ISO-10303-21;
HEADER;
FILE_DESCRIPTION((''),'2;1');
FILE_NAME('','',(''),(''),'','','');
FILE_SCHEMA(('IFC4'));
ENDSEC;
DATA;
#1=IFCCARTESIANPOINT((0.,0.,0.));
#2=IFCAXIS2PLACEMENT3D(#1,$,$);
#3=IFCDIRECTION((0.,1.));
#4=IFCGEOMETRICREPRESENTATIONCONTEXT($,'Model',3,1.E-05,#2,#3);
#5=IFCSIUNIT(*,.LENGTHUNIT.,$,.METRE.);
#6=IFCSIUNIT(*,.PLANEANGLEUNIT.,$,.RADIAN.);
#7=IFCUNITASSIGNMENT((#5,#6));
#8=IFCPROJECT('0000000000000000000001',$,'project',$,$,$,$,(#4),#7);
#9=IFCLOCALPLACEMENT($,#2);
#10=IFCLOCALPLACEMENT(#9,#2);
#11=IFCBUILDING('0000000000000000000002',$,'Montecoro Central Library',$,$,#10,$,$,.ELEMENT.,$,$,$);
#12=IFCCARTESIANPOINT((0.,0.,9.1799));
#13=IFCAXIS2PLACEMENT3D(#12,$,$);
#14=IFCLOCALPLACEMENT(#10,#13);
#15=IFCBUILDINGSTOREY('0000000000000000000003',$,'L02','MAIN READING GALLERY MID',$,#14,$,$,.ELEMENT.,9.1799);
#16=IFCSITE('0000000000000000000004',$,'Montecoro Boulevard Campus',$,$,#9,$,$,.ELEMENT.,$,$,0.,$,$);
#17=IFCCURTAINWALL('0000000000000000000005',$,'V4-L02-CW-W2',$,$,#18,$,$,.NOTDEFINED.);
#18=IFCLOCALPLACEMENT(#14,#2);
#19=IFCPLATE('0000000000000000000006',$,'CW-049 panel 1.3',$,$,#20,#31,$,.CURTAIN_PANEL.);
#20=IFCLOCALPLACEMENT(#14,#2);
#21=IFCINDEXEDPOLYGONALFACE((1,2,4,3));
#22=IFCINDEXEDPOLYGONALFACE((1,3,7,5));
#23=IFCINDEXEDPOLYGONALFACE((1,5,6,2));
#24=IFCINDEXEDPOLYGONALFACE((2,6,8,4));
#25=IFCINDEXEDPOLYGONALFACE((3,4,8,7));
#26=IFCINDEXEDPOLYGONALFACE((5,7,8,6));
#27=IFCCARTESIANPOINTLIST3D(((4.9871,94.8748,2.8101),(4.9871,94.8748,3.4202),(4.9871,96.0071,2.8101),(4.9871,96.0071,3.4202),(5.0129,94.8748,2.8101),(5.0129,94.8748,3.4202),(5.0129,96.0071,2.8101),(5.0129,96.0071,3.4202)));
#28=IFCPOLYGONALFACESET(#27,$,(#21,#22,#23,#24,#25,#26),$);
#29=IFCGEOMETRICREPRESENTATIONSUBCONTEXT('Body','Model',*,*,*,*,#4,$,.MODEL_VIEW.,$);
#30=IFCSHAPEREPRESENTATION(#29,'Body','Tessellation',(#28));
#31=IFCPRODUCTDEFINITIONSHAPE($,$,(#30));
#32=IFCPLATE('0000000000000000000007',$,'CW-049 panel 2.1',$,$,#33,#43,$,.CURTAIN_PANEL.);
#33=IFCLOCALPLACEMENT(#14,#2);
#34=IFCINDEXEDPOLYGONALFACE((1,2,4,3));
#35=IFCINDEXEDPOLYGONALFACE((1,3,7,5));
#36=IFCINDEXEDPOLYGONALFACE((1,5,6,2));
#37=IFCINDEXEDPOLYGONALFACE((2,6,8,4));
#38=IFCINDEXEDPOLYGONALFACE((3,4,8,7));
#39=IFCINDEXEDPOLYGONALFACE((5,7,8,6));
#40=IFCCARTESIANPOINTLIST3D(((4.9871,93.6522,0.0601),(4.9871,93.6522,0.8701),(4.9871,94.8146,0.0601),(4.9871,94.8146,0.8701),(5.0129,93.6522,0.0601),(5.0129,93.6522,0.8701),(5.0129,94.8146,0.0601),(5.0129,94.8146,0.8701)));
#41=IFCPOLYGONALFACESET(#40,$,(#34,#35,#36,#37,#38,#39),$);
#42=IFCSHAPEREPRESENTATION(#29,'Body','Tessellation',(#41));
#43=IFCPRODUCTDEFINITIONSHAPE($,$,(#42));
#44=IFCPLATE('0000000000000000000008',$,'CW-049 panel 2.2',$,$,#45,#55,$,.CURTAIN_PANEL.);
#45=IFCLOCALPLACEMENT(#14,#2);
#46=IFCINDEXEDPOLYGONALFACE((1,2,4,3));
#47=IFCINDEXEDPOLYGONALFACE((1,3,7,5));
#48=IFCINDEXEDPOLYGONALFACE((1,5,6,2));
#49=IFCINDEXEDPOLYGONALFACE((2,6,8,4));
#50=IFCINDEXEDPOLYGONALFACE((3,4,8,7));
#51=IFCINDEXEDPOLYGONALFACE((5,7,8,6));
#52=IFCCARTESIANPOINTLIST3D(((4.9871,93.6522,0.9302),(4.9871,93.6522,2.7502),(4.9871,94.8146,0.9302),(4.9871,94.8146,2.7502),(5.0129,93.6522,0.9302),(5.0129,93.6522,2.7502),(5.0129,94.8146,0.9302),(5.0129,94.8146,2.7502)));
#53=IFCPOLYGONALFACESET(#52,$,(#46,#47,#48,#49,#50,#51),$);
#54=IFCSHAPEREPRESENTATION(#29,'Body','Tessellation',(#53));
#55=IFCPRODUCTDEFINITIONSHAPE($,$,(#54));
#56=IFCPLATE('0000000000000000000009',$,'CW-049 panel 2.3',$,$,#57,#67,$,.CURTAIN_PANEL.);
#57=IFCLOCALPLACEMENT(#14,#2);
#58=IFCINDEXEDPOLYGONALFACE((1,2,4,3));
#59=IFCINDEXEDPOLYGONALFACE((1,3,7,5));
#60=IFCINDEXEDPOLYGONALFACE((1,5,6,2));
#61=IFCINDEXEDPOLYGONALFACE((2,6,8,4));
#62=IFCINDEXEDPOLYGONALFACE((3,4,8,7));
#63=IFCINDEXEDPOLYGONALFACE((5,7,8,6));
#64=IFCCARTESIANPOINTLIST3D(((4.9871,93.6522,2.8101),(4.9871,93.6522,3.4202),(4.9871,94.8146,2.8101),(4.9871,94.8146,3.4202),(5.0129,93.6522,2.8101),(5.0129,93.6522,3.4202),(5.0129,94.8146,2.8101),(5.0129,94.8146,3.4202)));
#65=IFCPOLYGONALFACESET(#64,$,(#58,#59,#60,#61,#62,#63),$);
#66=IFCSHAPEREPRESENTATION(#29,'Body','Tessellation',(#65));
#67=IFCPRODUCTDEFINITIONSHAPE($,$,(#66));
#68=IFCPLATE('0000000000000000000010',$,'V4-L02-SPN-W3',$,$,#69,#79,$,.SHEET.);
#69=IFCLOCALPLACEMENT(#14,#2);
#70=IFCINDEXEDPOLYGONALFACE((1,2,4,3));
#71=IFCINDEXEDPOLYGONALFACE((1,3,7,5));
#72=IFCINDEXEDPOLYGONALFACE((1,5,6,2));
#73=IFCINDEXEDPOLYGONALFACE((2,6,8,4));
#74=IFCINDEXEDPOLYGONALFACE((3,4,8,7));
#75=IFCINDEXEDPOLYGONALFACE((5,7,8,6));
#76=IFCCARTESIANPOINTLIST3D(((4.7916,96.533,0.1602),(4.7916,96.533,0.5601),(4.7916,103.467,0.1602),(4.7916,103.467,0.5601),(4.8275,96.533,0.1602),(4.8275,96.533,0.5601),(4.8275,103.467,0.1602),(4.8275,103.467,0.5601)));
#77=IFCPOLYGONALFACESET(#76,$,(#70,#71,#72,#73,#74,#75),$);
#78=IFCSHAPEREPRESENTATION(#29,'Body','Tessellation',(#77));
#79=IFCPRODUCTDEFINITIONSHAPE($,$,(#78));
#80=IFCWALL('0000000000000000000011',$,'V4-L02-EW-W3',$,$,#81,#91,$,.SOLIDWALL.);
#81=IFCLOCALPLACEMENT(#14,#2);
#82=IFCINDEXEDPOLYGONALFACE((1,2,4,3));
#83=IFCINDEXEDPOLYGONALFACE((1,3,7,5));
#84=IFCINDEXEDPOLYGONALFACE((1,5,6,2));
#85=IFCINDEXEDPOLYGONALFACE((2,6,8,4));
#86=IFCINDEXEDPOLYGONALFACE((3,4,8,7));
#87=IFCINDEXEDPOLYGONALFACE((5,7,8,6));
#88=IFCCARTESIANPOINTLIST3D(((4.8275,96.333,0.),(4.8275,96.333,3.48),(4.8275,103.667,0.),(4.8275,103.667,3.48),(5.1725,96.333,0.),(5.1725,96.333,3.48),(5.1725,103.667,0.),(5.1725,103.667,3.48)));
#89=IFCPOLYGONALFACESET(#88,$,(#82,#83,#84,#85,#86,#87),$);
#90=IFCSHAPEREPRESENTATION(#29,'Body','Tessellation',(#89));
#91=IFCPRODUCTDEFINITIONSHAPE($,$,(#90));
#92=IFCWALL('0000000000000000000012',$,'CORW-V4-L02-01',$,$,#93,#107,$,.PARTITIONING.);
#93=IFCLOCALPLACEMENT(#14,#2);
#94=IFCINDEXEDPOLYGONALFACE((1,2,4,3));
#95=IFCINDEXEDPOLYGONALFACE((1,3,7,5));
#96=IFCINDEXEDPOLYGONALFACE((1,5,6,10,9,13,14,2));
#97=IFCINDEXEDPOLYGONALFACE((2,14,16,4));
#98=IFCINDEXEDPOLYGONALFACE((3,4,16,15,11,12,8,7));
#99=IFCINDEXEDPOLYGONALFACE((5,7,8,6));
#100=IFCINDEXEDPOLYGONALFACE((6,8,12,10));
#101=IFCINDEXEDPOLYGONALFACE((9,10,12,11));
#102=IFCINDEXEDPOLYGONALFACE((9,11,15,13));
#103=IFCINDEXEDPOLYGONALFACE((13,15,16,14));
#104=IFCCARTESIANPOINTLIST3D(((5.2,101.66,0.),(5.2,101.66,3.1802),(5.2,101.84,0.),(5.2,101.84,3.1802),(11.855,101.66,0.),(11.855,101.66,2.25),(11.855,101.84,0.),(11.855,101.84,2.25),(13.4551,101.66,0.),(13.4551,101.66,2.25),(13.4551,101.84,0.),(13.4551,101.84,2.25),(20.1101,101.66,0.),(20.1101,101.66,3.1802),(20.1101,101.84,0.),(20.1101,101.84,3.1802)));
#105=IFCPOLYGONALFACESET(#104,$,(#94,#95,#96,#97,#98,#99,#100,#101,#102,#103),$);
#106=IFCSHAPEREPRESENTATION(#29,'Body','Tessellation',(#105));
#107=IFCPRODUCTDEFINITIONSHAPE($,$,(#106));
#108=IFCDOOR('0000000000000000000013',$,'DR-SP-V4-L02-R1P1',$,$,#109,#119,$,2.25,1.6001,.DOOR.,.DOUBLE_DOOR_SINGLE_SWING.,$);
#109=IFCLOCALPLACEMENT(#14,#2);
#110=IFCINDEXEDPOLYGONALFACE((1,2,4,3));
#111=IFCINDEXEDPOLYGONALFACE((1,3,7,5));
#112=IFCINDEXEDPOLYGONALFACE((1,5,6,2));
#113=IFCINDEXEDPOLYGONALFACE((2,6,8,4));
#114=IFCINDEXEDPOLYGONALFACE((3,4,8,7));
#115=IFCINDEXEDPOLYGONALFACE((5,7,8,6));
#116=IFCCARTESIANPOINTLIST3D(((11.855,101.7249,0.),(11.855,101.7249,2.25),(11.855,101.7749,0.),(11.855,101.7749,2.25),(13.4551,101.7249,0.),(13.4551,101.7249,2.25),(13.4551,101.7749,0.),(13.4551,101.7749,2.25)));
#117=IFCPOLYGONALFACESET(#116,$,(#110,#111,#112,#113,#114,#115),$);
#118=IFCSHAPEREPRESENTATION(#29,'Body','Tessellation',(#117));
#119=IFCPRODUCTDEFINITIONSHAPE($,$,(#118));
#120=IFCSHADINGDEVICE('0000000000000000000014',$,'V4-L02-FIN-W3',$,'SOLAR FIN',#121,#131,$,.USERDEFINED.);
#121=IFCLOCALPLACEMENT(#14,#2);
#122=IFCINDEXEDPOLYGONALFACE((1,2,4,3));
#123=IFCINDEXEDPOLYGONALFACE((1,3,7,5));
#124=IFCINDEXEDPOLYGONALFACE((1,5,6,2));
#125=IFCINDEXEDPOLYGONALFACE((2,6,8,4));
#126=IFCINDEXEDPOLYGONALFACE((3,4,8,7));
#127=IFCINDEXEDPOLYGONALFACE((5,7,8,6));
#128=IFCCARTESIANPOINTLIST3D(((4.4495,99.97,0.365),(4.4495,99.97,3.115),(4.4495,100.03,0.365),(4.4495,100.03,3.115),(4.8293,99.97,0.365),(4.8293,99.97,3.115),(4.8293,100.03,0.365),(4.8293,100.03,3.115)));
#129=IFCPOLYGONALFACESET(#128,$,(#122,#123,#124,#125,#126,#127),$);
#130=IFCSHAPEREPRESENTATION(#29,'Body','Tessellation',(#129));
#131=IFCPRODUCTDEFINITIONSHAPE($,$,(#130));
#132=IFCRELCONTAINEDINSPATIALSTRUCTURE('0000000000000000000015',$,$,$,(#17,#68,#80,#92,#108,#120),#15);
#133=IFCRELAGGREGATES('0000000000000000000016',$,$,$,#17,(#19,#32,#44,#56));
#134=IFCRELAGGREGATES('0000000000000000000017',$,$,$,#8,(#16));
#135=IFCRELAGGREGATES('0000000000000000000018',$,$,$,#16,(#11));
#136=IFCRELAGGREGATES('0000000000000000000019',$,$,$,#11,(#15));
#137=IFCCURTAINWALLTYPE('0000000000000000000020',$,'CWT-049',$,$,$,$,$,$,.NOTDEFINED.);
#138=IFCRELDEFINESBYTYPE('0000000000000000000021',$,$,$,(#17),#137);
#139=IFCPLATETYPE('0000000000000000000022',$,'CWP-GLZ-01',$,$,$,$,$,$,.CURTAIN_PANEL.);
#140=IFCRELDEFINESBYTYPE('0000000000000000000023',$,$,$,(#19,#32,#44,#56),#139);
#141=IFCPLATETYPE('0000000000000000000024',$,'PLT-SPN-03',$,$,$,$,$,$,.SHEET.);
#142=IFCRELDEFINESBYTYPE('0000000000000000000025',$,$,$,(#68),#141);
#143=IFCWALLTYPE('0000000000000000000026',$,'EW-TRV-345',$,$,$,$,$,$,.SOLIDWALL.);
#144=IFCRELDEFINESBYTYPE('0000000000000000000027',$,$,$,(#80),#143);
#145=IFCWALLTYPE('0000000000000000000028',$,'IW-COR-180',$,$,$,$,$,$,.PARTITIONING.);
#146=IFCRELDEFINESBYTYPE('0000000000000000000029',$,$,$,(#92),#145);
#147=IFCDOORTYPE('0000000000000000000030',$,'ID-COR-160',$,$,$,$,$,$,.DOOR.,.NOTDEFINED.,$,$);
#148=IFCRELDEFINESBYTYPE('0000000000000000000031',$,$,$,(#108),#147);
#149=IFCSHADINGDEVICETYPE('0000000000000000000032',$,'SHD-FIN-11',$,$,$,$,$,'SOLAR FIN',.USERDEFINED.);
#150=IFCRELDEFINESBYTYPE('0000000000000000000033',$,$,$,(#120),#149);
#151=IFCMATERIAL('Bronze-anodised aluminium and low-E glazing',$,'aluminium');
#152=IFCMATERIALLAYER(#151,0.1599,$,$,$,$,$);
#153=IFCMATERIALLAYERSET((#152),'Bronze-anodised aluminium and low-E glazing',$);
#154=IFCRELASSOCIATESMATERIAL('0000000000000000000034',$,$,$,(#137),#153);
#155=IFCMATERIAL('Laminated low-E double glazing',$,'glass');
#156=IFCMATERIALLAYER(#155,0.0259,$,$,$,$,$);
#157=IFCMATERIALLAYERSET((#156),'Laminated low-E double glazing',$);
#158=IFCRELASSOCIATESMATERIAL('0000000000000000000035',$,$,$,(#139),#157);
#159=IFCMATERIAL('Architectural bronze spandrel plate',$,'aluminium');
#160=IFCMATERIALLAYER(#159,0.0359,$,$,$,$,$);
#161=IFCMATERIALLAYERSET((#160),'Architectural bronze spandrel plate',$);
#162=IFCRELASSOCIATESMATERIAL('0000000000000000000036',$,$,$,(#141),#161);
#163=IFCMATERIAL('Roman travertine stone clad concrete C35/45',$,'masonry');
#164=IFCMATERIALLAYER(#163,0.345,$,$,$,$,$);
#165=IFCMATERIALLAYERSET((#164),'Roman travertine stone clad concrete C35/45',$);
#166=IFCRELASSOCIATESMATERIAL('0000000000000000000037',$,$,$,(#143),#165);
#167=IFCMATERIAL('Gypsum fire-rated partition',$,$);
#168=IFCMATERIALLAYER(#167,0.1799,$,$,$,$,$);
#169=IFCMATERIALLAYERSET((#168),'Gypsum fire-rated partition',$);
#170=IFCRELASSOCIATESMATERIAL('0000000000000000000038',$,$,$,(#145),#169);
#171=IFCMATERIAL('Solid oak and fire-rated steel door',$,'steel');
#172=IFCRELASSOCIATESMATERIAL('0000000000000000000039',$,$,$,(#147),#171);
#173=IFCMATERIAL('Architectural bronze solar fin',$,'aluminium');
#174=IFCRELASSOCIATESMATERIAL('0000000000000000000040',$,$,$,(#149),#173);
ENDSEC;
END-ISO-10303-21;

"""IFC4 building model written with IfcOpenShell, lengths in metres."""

from ifc_helpers import new_model, si_unit, direction, frame, frame_2d, origin, origin_2d, place, context, subcontext, project, spatial, rectangle, extrude, material, layer, layer_set, type_object, element, fill, aggregate, save


model = new_model("IFC4")

# Units and contexts
model_context = context("Model", 3, precision=1e-05, world=origin(), true_north=direction((0.0, 1.0)))
body_context = subcontext(model_context, "Body", "Model", "MODEL_VIEW")
ifc_project = project(units=[si_unit("LENGTHUNIT", "METRE"), si_unit("PLANEANGLEUNIT", "RADIAN")], contexts=[model_context])

# Site, building, storey
site_placement = place(None, origin())
site = spatial("IfcSite", under=ifc_project, at=site_placement, Name="Montecoro Boulevard Campus", CompositionType="ELEMENT", RefElevation=0.0)
building_placement = place(site_placement, origin())
building = spatial("IfcBuilding", under=site, at=building_placement, Name="Montecoro Central Library", CompositionType="ELEMENT")
storey_placement = place(building_placement, frame((0.0, 0.0, 9.1799)))
storey = spatial("IfcBuildingStorey", under=building, at=storey_placement, Name="L02", Description="MAIN READING GALLERY MID", CompositionType="ELEMENT", Elevation=9.1799)

# Curtain wall, plates
ifc_material_1 = material(Name="Bronze-anodised aluminium and low-E glazing", Category="aluminium")
ifc_layer_1 = layer(ifc_material_1, 0.1599)
ifc_layer_set_1 = layer_set([ifc_layer_1], Name="Bronze-anodised aluminium and low-E glazing")
curtain_wall_type = type_object("IfcCurtainWallType", Name="CWT-049", PredefinedType="NOTDEFINED", material=ifc_layer_set_1)
curtain_wall_placement = place(storey_placement, origin())
curtain_wall = element("IfcCurtainWall", 1, at=curtain_wall_placement, inside=storey, type_object=curtain_wall_type, Name="V4-L02-CW-W2", PredefinedType="NOTDEFINED")
ifc_material_2 = material(Name="Laminated low-E double glazing", Category="glass")
ifc_layer_2 = layer(ifc_material_2, 0.0259)
ifc_layer_set_2 = layer_set([ifc_layer_2], Name="Laminated low-E double glazing")
plate_type_1 = type_object("IfcPlateType", Name="CWP-GLZ-01", PredefinedType="CURTAIN_PANEL", material=ifc_layer_set_2)
plate_1_placement = place(storey_placement, frame((5.0, 95.4409, 2.8101), z_axis=(0.0, 0.0, 1.0), x_axis=(0.0, -1.0, 0.0)))
plate_1 = element("IfcPlate", 2, at=plate_1_placement, type_object=plate_type_1, Name="CW-049 panel 1.3", PredefinedType="CURTAIN_PANEL", context=body_context, shape_type="SweptSolid", body=[
    extrude(rectangle(XDim=1.1323, YDim=0.0259, at=origin_2d()), origin(), (0.0, 0.0, 1.0), 0.6101),
])
plate_2_placement = place(storey_placement, frame((5.0, 94.2334, 0.0601), z_axis=(0.0, 0.0, 1.0), x_axis=(0.0, -1.0, 0.0)))
plate_2 = element("IfcPlate", 3, at=plate_2_placement, type_object=plate_type_1, Name="CW-049 panel 2.1", PredefinedType="CURTAIN_PANEL", context=body_context, shape_type="SweptSolid", body=[
    extrude(rectangle(XDim=1.1624, YDim=0.0259, at=origin_2d()), origin(), (0.0, 0.0, 1.0), 0.8101),
])
plate_3_placement = place(storey_placement, frame((5.0, 94.2334, 0.9302), z_axis=(0.0, 0.0, 1.0), x_axis=(0.0, -1.0, 0.0)))
plate_3 = element("IfcPlate", 4, at=plate_3_placement, type_object=plate_type_1, Name="CW-049 panel 2.2", PredefinedType="CURTAIN_PANEL", context=body_context, shape_type="SweptSolid", body=[
    extrude(rectangle(XDim=1.1624, YDim=0.0259, at=origin_2d()), origin(), (0.0, 0.0, 1.0), 1.8201),
])
plate_4_placement = place(storey_placement, frame((5.0, 94.2334, 2.8101), z_axis=(0.0, 0.0, 1.0), x_axis=(0.0, -1.0, 0.0)))
plate_4 = element("IfcPlate", 5, at=plate_4_placement, type_object=plate_type_1, Name="CW-049 panel 2.3", PredefinedType="CURTAIN_PANEL", context=body_context, shape_type="SweptSolid", body=[
    extrude(rectangle(XDim=1.1624, YDim=0.0259, at=origin_2d()), origin(), (0.0, 0.0, 1.0), 0.6101),
])
aggregate(curtain_wall, [plate_1, plate_2, plate_3, plate_4])

# Plate
ifc_material_3 = material(Name="Architectural bronze spandrel plate", Category="aluminium")
ifc_layer_3 = layer(ifc_material_3, 0.0359)
ifc_layer_set_3 = layer_set([ifc_layer_3], Name="Architectural bronze spandrel plate")
plate_type_2 = type_object("IfcPlateType", Name="PLT-SPN-03", PredefinedType="SHEET", material=ifc_layer_set_3)
plate_5_placement = place(storey_placement, frame((4.8096, 100.0, 0.1602), z_axis=(0.0, 0.0, 1.0), x_axis=(0.0, -1.0, 0.0)))
element("IfcPlate", 6, at=plate_5_placement, inside=storey, type_object=plate_type_2, Name="V4-L02-SPN-W3", PredefinedType="SHEET", context=body_context, shape_type="SweptSolid", body=[
    extrude(rectangle(XDim=6.9341, YDim=0.0359, at=origin_2d()), origin(), (0.0, 0.0, 1.0), 0.3999),
])

# Wall
ifc_material_4 = material(Name="Roman travertine stone clad concrete C35/45", Category="masonry")
ifc_layer_4 = layer(ifc_material_4, 0.345)
ifc_layer_set_4 = layer_set([ifc_layer_4], Name="Roman travertine stone clad concrete C35/45")
wall_type_1 = type_object("IfcWallType", Name="EW-TRV-345", PredefinedType="SOLIDWALL", material=ifc_layer_set_4)
wall_1_placement = place(storey_placement, frame((5.0, 103.667, 0.0), z_axis=(0.0, 0.0, 1.0), x_axis=(0.0, -1.0, 0.0)))
element("IfcWall", 7, at=wall_1_placement, inside=storey, type_object=wall_type_1, Name="V4-L02-EW-W3", PredefinedType="SOLIDWALL", context=body_context, shape_type="SweptSolid", body=[
    extrude(rectangle(XDim=7.334, YDim=0.345, at=frame_2d((3.667, 0.0))), origin(), (0.0, 0.0, 1.0), 3.48),
])

# Wall, opening, door
ifc_material_5 = material(Name="Gypsum fire-rated partition")
ifc_layer_5 = layer(ifc_material_5, 0.1799)
ifc_layer_set_5 = layer_set([ifc_layer_5], Name="Gypsum fire-rated partition")
wall_type_2 = type_object("IfcWallType", Name="IW-COR-180", PredefinedType="PARTITIONING", material=ifc_layer_set_5)
wall_2_placement = place(storey_placement, frame((5.2, 101.75, 0.0), z_axis=(0.0, 0.0, 1.0), x_axis=(1.0, 0.0, 0.0)))
wall_2 = element("IfcWall", 8, at=wall_2_placement, inside=storey, type_object=wall_type_2, Name="CORW-V4-L02-01", PredefinedType="PARTITIONING", context=body_context, shape_type="SweptSolid", body=[
    extrude(rectangle(XDim=14.9102, YDim=0.1799, at=frame_2d((7.4551, 0.0))), origin(), (0.0, 0.0, 1.0), 3.1802),
])
opening_placement = place(wall_2_placement, frame((6.655, 0.0, 0.0)))
opening = element("IfcOpeningElement", 9, at=opening_placement, cuts=wall_2, PredefinedType="OPENING", context=body_context, shape_type="SweptSolid", body=[
    extrude(rectangle(XDim=1.6001, YDim=2.25, at=frame_2d((0.8, 1.125))), frame((0.0, 0.0999, 0.0), z_axis=(0.0, -1.0, 0.0), x_axis=(1.0, 0.0, 0.0)), (0.0, 0.0, 1.0), 0.2),
])
ifc_material_6 = material(Name="Solid oak and fire-rated steel door", Category="steel")
door_type = type_object("IfcDoorType", Name="ID-COR-160", OperationType="NOTDEFINED", PredefinedType="DOOR", material=ifc_material_6)
door_placement = place(opening_placement, origin())
door = element("IfcDoor", 10, at=door_placement, inside=storey, type_object=door_type, Name="DR-SP-V4-L02-R1P1", OperationType="DOUBLE_DOOR_SINGLE_SWING", OverallHeight=2.25, OverallWidth=1.6001, PredefinedType="DOOR", context=body_context, shape_type="SweptSolid", body=[
    extrude(rectangle(XDim=1.6001, YDim=2.25, at=frame_2d((0.8, 1.125))), frame((0.0, 0.0249, 0.0), z_axis=(0.0, -1.0, 0.0), x_axis=(1.0, 0.0, 0.0)), (0.0, 0.0, 1.0), 0.05),
])
fill(opening, door)

# Shading device
ifc_material_7 = material(Name="Architectural bronze solar fin", Category="aluminium")
shading_device_type = type_object("IfcShadingDeviceType", Name="SHD-FIN-11", ElementType="SOLAR FIN", PredefinedType="USERDEFINED", material=ifc_material_7)
shading_device_placement = place(storey_placement, frame((4.6394, 100.0, 0.365), z_axis=(0.0, 0.0, 1.0), x_axis=(0.0, -1.0, 0.0)))
element("IfcShadingDevice", 11, at=shading_device_placement, inside=storey, type_object=shading_device_type, Name="V4-L02-FIN-W3", ObjectType="SOLAR FIN", PredefinedType="USERDEFINED", context=body_context, shape_type="SweptSolid", body=[
    extrude(rectangle(XDim=0.0601, YDim=0.3799, at=origin_2d()), origin(), (0.0, 0.0, 1.0), 2.75),
])

save(model, "model.ifc")
